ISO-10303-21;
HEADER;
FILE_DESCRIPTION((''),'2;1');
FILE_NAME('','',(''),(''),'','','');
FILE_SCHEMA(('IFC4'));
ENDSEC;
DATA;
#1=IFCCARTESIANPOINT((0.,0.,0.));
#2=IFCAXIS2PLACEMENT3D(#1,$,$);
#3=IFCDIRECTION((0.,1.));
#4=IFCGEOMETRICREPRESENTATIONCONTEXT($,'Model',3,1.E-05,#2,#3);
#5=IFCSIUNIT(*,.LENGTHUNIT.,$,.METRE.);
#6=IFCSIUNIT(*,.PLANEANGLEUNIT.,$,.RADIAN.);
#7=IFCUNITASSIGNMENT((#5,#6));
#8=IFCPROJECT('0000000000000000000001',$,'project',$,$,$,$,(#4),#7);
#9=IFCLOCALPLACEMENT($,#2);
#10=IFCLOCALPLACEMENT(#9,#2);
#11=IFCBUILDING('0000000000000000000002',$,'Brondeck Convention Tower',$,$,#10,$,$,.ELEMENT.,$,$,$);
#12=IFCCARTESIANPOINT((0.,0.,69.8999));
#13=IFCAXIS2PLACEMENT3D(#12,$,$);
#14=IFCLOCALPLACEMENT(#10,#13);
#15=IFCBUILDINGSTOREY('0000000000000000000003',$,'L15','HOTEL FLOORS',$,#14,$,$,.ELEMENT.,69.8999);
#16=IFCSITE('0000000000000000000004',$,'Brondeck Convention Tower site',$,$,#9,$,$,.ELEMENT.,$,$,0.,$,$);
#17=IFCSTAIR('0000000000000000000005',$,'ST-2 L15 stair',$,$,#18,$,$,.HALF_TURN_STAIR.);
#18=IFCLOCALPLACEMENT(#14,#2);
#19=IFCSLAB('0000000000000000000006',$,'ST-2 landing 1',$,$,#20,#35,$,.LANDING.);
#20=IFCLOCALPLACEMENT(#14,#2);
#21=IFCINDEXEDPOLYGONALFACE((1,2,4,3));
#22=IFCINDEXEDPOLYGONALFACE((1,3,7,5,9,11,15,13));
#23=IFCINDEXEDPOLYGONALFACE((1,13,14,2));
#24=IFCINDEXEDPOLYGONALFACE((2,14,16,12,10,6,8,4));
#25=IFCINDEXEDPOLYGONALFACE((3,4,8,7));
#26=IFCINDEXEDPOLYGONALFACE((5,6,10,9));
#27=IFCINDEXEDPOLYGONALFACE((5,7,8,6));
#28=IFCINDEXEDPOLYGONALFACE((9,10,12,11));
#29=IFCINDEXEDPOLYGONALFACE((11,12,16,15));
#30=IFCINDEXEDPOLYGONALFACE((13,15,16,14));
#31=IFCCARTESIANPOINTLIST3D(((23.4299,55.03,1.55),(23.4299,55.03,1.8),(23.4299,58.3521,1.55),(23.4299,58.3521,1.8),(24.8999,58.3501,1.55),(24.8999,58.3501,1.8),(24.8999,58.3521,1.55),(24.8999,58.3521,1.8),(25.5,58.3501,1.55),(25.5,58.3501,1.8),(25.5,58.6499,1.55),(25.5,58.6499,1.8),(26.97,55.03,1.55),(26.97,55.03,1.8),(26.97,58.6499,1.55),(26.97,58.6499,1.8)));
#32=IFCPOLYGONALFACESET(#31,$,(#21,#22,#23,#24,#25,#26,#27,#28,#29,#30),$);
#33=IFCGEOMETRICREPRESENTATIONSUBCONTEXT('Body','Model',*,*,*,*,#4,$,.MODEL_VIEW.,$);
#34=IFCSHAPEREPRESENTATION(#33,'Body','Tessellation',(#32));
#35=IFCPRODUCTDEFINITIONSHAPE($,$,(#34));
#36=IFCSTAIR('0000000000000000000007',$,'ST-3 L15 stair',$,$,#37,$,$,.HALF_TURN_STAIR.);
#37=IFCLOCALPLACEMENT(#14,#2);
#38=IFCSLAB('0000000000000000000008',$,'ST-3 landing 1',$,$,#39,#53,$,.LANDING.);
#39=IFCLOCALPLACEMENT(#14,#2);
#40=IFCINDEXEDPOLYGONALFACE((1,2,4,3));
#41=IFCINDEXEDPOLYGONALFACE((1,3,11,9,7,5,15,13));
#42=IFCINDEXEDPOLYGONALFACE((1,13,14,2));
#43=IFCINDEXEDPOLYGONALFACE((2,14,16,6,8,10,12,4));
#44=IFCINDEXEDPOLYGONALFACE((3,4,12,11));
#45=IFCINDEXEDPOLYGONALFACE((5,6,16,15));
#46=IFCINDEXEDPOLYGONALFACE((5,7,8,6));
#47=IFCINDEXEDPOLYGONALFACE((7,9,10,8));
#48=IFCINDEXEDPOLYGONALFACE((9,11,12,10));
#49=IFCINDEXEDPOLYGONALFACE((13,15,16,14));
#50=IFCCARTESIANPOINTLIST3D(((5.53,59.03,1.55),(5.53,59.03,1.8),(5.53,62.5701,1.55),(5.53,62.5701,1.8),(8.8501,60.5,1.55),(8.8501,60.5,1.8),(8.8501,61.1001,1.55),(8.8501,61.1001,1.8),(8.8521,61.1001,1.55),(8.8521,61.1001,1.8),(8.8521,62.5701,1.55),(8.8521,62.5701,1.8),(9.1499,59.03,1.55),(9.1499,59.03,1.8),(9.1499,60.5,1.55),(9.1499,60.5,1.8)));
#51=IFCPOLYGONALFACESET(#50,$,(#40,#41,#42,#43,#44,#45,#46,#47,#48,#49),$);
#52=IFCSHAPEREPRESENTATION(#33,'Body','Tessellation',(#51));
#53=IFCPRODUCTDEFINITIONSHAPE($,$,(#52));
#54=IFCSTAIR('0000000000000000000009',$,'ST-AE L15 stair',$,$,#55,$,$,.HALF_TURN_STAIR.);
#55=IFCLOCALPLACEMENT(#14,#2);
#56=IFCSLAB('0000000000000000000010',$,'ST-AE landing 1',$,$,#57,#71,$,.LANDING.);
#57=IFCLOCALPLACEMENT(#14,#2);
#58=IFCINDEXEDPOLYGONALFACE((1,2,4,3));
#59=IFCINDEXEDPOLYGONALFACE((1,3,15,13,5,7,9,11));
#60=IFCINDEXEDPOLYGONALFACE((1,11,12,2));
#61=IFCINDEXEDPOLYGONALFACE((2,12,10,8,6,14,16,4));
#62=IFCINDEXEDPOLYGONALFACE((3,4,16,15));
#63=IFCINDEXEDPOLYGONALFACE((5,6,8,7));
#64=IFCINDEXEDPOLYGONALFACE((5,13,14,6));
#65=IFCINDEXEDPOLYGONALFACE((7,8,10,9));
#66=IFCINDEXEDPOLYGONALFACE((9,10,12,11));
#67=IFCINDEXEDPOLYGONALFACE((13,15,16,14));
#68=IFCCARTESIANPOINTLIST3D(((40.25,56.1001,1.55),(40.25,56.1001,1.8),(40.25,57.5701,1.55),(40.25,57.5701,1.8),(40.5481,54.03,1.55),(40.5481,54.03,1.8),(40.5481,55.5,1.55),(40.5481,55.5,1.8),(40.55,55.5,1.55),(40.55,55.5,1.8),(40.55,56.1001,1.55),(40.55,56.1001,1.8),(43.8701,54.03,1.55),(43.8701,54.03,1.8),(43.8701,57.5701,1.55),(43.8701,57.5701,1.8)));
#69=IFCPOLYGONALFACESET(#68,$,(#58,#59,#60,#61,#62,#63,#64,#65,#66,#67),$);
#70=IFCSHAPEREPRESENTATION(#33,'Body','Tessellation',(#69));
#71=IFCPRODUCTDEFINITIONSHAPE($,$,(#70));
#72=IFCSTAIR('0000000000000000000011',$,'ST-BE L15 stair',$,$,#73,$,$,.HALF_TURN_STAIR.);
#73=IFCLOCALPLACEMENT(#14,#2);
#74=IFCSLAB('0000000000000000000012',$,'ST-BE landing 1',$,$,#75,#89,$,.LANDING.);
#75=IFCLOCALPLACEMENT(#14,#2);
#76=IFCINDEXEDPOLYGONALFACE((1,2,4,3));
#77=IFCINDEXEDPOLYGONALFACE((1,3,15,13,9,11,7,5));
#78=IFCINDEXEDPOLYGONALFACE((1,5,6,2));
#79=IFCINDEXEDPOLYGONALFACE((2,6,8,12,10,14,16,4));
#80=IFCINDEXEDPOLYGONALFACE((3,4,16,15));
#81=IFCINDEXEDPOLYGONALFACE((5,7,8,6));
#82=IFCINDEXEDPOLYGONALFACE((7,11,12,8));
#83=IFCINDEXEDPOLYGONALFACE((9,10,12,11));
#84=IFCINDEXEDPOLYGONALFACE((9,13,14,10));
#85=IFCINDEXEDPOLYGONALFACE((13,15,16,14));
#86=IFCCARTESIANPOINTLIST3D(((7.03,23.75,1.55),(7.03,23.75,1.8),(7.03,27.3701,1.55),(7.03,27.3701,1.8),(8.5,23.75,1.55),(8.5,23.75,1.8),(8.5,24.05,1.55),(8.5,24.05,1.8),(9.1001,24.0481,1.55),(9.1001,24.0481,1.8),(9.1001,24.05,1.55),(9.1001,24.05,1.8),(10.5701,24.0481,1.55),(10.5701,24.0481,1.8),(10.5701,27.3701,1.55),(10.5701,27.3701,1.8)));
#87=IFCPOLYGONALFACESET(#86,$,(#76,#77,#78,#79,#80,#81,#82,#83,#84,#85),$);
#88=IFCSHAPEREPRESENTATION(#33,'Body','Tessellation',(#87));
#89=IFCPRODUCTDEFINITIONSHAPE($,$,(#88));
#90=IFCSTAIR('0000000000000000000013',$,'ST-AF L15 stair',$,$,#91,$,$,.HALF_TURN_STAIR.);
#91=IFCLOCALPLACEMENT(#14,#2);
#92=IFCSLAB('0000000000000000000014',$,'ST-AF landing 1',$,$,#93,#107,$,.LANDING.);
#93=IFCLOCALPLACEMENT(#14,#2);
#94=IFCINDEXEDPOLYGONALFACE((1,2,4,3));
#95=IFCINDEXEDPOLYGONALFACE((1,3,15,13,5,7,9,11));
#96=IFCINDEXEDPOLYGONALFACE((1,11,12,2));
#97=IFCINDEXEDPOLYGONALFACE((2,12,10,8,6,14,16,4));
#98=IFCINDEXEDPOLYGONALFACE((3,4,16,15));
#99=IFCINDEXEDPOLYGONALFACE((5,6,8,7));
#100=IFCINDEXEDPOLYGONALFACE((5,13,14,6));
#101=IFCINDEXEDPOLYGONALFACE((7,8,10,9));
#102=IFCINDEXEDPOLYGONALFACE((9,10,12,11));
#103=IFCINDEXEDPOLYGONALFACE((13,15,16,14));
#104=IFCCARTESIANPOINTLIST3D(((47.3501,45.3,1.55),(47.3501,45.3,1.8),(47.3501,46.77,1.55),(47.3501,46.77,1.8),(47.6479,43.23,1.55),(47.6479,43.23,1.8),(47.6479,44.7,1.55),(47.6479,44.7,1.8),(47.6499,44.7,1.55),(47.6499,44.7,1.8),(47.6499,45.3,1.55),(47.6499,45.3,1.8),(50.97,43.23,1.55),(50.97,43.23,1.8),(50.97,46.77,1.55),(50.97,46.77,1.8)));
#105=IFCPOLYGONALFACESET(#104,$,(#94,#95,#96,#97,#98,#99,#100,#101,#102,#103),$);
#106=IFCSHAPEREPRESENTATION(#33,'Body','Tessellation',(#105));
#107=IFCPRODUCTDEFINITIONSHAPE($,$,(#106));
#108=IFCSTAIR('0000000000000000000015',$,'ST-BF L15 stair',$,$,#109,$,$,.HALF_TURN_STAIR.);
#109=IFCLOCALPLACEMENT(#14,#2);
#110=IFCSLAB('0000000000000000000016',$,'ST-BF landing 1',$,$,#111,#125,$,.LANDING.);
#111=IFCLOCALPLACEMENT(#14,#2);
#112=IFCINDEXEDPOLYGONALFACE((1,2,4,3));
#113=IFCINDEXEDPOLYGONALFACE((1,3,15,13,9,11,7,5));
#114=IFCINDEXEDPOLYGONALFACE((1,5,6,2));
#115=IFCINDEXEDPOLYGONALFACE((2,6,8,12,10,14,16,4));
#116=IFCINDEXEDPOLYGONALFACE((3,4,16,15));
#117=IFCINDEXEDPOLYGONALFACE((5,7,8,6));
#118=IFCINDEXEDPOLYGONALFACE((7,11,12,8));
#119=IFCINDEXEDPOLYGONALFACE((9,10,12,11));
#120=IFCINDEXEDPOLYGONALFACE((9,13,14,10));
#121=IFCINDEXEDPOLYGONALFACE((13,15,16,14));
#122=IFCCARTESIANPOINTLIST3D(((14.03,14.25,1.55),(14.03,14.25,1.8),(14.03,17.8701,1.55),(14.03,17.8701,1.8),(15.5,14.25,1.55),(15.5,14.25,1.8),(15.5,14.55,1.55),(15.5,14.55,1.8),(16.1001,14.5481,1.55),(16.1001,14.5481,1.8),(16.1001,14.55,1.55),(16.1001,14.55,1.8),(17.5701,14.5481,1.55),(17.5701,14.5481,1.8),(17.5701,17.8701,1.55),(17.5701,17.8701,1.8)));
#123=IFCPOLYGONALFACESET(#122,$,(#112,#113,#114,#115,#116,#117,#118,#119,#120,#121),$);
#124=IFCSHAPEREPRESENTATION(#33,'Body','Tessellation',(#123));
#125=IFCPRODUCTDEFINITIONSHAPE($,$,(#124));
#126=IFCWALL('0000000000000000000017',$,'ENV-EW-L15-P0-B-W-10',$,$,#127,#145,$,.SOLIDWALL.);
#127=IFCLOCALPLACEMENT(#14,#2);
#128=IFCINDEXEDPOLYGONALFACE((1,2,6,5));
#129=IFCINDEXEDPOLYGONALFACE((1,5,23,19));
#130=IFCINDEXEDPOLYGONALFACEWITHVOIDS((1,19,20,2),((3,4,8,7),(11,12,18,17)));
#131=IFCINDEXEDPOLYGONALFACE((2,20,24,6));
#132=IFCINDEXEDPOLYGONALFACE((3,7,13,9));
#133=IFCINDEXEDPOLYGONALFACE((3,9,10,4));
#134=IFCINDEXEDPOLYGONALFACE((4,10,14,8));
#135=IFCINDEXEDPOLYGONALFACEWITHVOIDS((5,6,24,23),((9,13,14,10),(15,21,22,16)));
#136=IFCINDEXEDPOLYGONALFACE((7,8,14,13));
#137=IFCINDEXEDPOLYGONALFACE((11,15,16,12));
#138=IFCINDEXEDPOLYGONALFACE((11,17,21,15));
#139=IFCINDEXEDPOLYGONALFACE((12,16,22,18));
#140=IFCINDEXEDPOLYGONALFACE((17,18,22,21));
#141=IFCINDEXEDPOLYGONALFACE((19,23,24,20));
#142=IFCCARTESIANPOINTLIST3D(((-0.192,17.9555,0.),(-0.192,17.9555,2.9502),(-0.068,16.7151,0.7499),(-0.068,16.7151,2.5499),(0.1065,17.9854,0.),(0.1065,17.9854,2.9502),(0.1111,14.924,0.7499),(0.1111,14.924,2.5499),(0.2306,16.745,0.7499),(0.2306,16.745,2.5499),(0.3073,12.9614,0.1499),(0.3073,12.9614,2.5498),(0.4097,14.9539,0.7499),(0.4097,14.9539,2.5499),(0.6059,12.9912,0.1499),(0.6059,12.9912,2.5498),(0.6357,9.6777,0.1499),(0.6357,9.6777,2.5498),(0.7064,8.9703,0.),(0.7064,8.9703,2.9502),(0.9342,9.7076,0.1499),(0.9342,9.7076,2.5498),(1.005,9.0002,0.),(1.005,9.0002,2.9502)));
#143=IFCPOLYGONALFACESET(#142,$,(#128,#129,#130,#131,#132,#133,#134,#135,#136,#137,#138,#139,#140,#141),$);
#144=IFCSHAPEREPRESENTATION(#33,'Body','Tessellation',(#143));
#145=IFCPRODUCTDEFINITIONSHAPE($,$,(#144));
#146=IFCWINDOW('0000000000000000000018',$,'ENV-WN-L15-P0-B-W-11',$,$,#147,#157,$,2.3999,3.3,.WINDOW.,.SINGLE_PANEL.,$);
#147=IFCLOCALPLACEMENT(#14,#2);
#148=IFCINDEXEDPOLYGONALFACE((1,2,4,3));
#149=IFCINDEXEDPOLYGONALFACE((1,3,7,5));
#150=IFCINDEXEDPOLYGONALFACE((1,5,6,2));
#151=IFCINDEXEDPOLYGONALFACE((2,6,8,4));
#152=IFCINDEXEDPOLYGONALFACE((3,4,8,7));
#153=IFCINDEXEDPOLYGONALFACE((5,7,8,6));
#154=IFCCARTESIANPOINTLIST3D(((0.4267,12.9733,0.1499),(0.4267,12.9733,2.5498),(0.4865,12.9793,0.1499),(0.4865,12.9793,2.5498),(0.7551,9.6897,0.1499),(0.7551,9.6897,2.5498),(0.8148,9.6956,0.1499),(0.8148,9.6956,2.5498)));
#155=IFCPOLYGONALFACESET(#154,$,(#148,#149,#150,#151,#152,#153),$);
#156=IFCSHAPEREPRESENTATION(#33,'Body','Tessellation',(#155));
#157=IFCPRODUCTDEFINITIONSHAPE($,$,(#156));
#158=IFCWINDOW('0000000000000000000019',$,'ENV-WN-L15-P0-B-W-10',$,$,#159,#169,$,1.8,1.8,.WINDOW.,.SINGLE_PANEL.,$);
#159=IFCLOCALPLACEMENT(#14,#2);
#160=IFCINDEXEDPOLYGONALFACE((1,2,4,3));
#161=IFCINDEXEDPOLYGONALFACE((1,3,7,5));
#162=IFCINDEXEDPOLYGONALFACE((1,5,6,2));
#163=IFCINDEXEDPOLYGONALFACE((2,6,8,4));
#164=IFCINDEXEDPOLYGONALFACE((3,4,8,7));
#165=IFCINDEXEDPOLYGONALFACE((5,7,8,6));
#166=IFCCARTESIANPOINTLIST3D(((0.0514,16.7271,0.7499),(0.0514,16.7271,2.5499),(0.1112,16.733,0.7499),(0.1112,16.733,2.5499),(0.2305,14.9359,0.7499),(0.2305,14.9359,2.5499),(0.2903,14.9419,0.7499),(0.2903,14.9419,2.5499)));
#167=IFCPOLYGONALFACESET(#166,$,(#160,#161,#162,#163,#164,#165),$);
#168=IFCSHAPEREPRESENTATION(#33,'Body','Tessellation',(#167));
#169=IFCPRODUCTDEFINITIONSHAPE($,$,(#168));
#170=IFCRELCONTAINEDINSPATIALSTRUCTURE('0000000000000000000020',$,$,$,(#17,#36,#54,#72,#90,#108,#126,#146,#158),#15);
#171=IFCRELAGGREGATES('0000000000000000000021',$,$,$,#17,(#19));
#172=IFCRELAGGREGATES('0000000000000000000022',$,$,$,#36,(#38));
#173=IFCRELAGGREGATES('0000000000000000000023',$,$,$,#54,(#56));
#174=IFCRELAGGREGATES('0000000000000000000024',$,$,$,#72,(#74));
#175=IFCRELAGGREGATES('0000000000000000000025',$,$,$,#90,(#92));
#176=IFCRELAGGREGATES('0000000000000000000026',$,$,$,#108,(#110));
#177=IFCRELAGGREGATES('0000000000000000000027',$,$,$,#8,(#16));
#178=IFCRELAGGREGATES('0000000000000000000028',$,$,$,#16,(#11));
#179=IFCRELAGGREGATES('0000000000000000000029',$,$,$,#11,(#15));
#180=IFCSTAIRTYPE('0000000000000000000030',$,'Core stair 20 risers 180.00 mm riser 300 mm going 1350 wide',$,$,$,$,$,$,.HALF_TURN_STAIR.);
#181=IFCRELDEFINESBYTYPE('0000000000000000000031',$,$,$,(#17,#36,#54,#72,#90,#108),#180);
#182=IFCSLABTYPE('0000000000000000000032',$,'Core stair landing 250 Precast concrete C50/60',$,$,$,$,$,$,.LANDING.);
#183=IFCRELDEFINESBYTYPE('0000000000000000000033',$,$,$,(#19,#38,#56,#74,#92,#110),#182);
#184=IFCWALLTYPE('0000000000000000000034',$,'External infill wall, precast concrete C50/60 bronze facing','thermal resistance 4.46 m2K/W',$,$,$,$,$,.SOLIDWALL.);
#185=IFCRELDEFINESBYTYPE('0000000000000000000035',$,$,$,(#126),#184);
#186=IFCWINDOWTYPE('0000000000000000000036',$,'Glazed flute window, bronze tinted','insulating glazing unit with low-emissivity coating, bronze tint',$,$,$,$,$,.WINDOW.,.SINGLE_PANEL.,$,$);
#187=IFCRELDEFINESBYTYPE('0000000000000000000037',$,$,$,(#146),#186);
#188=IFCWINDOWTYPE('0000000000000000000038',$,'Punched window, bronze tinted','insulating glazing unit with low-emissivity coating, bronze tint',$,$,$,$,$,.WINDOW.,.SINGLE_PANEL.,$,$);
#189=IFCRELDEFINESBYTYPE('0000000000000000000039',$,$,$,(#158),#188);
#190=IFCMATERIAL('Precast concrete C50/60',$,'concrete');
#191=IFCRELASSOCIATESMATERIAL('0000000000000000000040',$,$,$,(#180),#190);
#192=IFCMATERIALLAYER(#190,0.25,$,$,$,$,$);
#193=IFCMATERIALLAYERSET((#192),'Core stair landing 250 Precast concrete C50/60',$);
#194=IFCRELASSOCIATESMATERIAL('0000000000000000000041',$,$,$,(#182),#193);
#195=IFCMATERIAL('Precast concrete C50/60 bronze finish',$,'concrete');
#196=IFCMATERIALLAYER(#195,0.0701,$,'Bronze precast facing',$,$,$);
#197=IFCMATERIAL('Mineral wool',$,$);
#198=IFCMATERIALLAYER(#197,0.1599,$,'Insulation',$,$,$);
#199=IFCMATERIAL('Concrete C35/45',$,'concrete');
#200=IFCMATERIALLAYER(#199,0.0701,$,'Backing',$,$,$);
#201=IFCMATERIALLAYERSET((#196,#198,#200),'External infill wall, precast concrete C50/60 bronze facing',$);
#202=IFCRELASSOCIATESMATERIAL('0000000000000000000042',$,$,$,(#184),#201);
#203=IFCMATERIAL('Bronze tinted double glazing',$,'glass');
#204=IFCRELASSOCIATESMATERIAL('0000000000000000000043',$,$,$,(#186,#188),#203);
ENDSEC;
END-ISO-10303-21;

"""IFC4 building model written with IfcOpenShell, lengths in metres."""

from ifc_helpers import new_model, si_unit, direction, frame, frame_2d, origin, place, context, subcontext, project, spatial, polyline, rectangle, outline, extrude, material, layer, layer_set, type_object, element, fill, aggregate, save


model = new_model("IFC4")

# Units and contexts
model_context = context("Model", 3, precision=1e-05, world=origin(), true_north=direction((0.0, 1.0)))
body_context = subcontext(model_context, "Body", "Model", "MODEL_VIEW")
ifc_project = project(units=[si_unit("LENGTHUNIT", "METRE"), si_unit("PLANEANGLEUNIT", "RADIAN")], contexts=[model_context])

# Site, building, storey
site_placement = place(None, origin())
site = spatial("IfcSite", under=ifc_project, at=site_placement, Name="Brondeck Convention Tower site", CompositionType="ELEMENT", RefElevation=0.0)
building_placement = place(site_placement, origin())
building = spatial("IfcBuilding", under=site, at=building_placement, Name="Brondeck Convention Tower", CompositionType="ELEMENT")
storey_placement = place(building_placement, frame((0.0, 0.0, 69.8999)))
storey = spatial("IfcBuildingStorey", under=building, at=storey_placement, Name="L15", Description="HOTEL FLOORS", CompositionType="ELEMENT", Elevation=69.8999)

# Shared definitions
ifc_material_1 = material(Name="Concrete C35/45", Category="concrete")

# Stairs, slabs
ifc_material_2 = material(Name="Precast concrete C50/60", Category="concrete")
stair_type = type_object("IfcStairType", Name="Core stair 20 risers 180.00 mm riser 300 mm going 1350 wide", PredefinedType="HALF_TURN_STAIR", material=ifc_material_2)
ifc_layer_1 = layer(ifc_material_2, 0.25)
ifc_layer_set_1 = layer_set([ifc_layer_1], Name="Core stair landing 250 Precast concrete C50/60")
slab_type_1 = type_object("IfcSlabType", Name="Core stair landing 250 Precast concrete C50/60", PredefinedType="LANDING", material=ifc_layer_set_1)
stair_1_placement = place(storey_placement, origin())
stair_1 = element("IfcStair", 1, at=stair_1_placement, inside=storey, type_object=stair_type, Name="ST-2 L15 stair", PredefinedType="HALF_TURN_STAIR")
slab_1_placement = place(storey_placement, frame((0.0, 0.0, 1.55)))
slab_1 = element("IfcSlab", 2, at=slab_1_placement, type_object=slab_type_1, Name="ST-2 landing 1", PredefinedType="LANDING", context=body_context, shape_type="SweptSolid", body=[
    extrude(outline(polyline([(23.4299, 58.3521), (24.8999, 58.3521), (24.8999, 58.3501), (25.5, 58.3501), (25.5, 58.6499), (26.97, 58.6499), (26.97, 55.03), (23.4299, 55.03), (23.4299, 58.3521)])), origin(), (0.0, 0.0, 1.0), 0.25),
])
aggregate(stair_1, [slab_1])
stair_2_placement = place(storey_placement, origin())
stair_2 = element("IfcStair", 3, at=stair_2_placement, inside=storey, type_object=stair_type, Name="ST-3 L15 stair", PredefinedType="HALF_TURN_STAIR")
slab_2_placement = place(storey_placement, frame((0.0, 0.0, 1.55)))
slab_2 = element("IfcSlab", 4, at=slab_2_placement, type_object=slab_type_1, Name="ST-3 landing 1", PredefinedType="LANDING", context=body_context, shape_type="SweptSolid", body=[
    extrude(outline(polyline([(9.1499, 60.5), (9.1499, 59.03), (5.53, 59.03), (5.53, 62.5701), (8.8521, 62.5701), (8.8521, 61.1001), (8.8501, 61.1001), (8.8501, 60.5), (9.1499, 60.5)])), origin(), (0.0, 0.0, 1.0), 0.25),
])
aggregate(stair_2, [slab_2])
stair_3_placement = place(storey_placement, origin())
stair_3 = element("IfcStair", 5, at=stair_3_placement, inside=storey, type_object=stair_type, Name="ST-AE L15 stair", PredefinedType="HALF_TURN_STAIR")
slab_3_placement = place(storey_placement, frame((0.0, 0.0, 1.55)))
slab_3 = element("IfcSlab", 6, at=slab_3_placement, type_object=slab_type_1, Name="ST-AE landing 1", PredefinedType="LANDING", context=body_context, shape_type="SweptSolid", body=[
    extrude(outline(polyline([(40.5481, 55.5), (40.55, 55.5), (40.55, 56.1001), (40.25, 56.1001), (40.25, 57.5701), (43.8701, 57.5701), (43.8701, 54.03), (40.5481, 54.03), (40.5481, 55.5)])), origin(), (0.0, 0.0, 1.0), 0.25),
])
aggregate(stair_3, [slab_3])
stair_4_placement = place(storey_placement, origin())
stair_4 = element("IfcStair", 7, at=stair_4_placement, inside=storey, type_object=stair_type, Name="ST-BE L15 stair", PredefinedType="HALF_TURN_STAIR")
slab_4_placement = place(storey_placement, frame((0.0, 0.0, 1.55)))
slab_4 = element("IfcSlab", 8, at=slab_4_placement, type_object=slab_type_1, Name="ST-BE landing 1", PredefinedType="LANDING", context=body_context, shape_type="SweptSolid", body=[
    extrude(outline(polyline([(7.03, 23.75), (7.03, 27.3701), (10.5701, 27.3701), (10.5701, 24.0481), (9.1001, 24.0481), (9.1001, 24.05), (8.5, 24.05), (8.5, 23.75), (7.03, 23.75)])), origin(), (0.0, 0.0, 1.0), 0.25),
])
aggregate(stair_4, [slab_4])
stair_5_placement = place(storey_placement, origin())
stair_5 = element("IfcStair", 9, at=stair_5_placement, inside=storey, type_object=stair_type, Name="ST-AF L15 stair", PredefinedType="HALF_TURN_STAIR")
slab_5_placement = place(storey_placement, frame((0.0, 0.0, 1.55)))
slab_5 = element("IfcSlab", 10, at=slab_5_placement, type_object=slab_type_1, Name="ST-AF landing 1", PredefinedType="LANDING", context=body_context, shape_type="SweptSolid", body=[
    extrude(outline(polyline([(47.6479, 44.7), (47.6499, 44.7), (47.6499, 45.3), (47.3501, 45.3), (47.3501, 46.77), (50.97, 46.77), (50.97, 43.23), (47.6479, 43.23), (47.6479, 44.7)])), origin(), (0.0, 0.0, 1.0), 0.25),
])
aggregate(stair_5, [slab_5])
stair_6_placement = place(storey_placement, origin())
stair_6 = element("IfcStair", 11, at=stair_6_placement, inside=storey, type_object=stair_type, Name="ST-BF L15 stair", PredefinedType="HALF_TURN_STAIR")
slab_6_placement = place(storey_placement, frame((0.0, 0.0, 1.55)))
slab_6 = element("IfcSlab", 12, at=slab_6_placement, type_object=slab_type_1, Name="ST-BF landing 1", PredefinedType="LANDING", context=body_context, shape_type="SweptSolid", body=[
    extrude(outline(polyline([(14.03, 14.25), (14.03, 17.8701), (17.5701, 17.8701), (17.5701, 14.5481), (16.1001, 14.5481), (16.1001, 14.55), (15.5, 14.55), (15.5, 14.25), (14.03, 14.25)])), origin(), (0.0, 0.0, 1.0), 0.25),
])
aggregate(stair_6, [slab_6])

# Wall, openings, windows
ifc_material_3 = material(Name="Precast concrete C50/60 bronze finish", Category="concrete")
ifc_layer_2 = layer(ifc_material_3, 0.0701, Name="Bronze precast facing")
ifc_material_4 = material(Name="Mineral wool")
ifc_layer_3 = layer(ifc_material_4, 0.1599, Name="Insulation")
ifc_layer_4 = layer(ifc_material_1, 0.0701, Name="Backing")
ifc_layer_set_2 = layer_set([ifc_layer_2, ifc_layer_3, ifc_layer_4], Name="External infill wall, precast concrete C50/60 bronze facing")
wall_type_1 = type_object("IfcWallType", Name="External infill wall, precast concrete C50/60 bronze facing", Description="thermal resistance 4.46 m2K/W", PredefinedType="SOLIDWALL", material=ifc_layer_set_2)
wall_1_placement = place(storey_placement, frame((0.8557, 8.9851, 0.0), z_axis=(0.0, 0.0, 1.0), x_axis=(-0.099496, 0.995038, 0.0)))
wall_1 = element("IfcWall", 13, at=wall_1_placement, inside=storey, type_object=wall_type_1, Name="ENV-EW-L15-P0-B-W-10", PredefinedType="SOLIDWALL", context=body_context, shape_type="SweptSolid", body=[
    extrude(rectangle(XDim=9.03, YDim=0.3, at=frame_2d((4.5151, 0.0))), origin(), (0.0, 0.0, 1.0), 2.9502),
])
opening_1_placement = place(wall_1_placement, frame((0.7112, 0.0, 0.1499)))
opening_1 = element("IfcOpeningElement", 14, at=opening_1_placement, cuts=wall_1, PredefinedType="OPENING", context=body_context, shape_type="SweptSolid", body=[
    extrude(rectangle(XDim=3.3, YDim=2.3999, at=frame_2d((1.6499, 1.2))), frame((0.0, 0.1599, 0.0), z_axis=(0.0, -1.0, 0.0), x_axis=(1.0, 0.0, 0.0)), (0.0, 0.0, 1.0), 0.3201),
])
opening_2_placement = place(wall_1_placement, frame((5.9836, 0.0, 0.75)))
opening_2 = element("IfcOpeningElement", 15, at=opening_2_placement, cuts=wall_1, PredefinedType="OPENING", context=body_context, shape_type="SweptSolid", body=[
    extrude(rectangle(XDim=1.8, YDim=1.8, at=frame_2d((0.8999, 0.8999))), frame((0.0, 0.1599, 0.0), z_axis=(0.0, -1.0, 0.0), x_axis=(1.0, 0.0, 0.0)), (0.0, 0.0, 1.0), 0.3201),
])
ifc_material_5 = material(Name="Bronze tinted double glazing", Category="glass")
window_type_1 = type_object("IfcWindowType", Name="Glazed flute window, bronze tinted", Description="insulating glazing unit with low-emissivity coating, bronze tint", PartitioningType="SINGLE_PANEL", PredefinedType="WINDOW", material=ifc_material_5)
window_1_placement = place(opening_1_placement, origin())
window_1 = element("IfcWindow", 16, at=window_1_placement, inside=storey, type_object=window_type_1, Name="ENV-WN-L15-P0-B-W-11", OverallHeight=2.3999, OverallWidth=3.3, PartitioningType="SINGLE_PANEL", PredefinedType="WINDOW", context=body_context, shape_type="SweptSolid", body=[
    extrude(rectangle(XDim=3.3, YDim=2.3999, at=frame_2d((1.6499, 1.2))), frame((0.0, 0.03, 0.0), z_axis=(0.0, -1.0, 0.0), x_axis=(1.0, 0.0, 0.0)), (0.0, 0.0, 1.0), 0.0601),
])
fill(opening_1, window_1)
window_type_2 = type_object("IfcWindowType", Name="Punched window, bronze tinted", Description="insulating glazing unit with low-emissivity coating, bronze tint", PartitioningType="SINGLE_PANEL", PredefinedType="WINDOW", material=ifc_material_5)
window_2_placement = place(opening_2_placement, origin())
window_2 = element("IfcWindow", 17, at=window_2_placement, inside=storey, type_object=window_type_2, Name="ENV-WN-L15-P0-B-W-10", OverallHeight=1.8, OverallWidth=1.8, PartitioningType="SINGLE_PANEL", PredefinedType="WINDOW", context=body_context, shape_type="SweptSolid", body=[
    extrude(rectangle(XDim=1.8, YDim=1.8, at=frame_2d((0.8999, 0.8999))), frame((0.0, 0.03, 0.0), z_axis=(0.0, -1.0, 0.0), x_axis=(1.0, 0.0, 0.0)), (0.0, 0.0, 1.0), 0.0601),
])
fill(opening_2, window_2)

save(model, "model.ifc")
